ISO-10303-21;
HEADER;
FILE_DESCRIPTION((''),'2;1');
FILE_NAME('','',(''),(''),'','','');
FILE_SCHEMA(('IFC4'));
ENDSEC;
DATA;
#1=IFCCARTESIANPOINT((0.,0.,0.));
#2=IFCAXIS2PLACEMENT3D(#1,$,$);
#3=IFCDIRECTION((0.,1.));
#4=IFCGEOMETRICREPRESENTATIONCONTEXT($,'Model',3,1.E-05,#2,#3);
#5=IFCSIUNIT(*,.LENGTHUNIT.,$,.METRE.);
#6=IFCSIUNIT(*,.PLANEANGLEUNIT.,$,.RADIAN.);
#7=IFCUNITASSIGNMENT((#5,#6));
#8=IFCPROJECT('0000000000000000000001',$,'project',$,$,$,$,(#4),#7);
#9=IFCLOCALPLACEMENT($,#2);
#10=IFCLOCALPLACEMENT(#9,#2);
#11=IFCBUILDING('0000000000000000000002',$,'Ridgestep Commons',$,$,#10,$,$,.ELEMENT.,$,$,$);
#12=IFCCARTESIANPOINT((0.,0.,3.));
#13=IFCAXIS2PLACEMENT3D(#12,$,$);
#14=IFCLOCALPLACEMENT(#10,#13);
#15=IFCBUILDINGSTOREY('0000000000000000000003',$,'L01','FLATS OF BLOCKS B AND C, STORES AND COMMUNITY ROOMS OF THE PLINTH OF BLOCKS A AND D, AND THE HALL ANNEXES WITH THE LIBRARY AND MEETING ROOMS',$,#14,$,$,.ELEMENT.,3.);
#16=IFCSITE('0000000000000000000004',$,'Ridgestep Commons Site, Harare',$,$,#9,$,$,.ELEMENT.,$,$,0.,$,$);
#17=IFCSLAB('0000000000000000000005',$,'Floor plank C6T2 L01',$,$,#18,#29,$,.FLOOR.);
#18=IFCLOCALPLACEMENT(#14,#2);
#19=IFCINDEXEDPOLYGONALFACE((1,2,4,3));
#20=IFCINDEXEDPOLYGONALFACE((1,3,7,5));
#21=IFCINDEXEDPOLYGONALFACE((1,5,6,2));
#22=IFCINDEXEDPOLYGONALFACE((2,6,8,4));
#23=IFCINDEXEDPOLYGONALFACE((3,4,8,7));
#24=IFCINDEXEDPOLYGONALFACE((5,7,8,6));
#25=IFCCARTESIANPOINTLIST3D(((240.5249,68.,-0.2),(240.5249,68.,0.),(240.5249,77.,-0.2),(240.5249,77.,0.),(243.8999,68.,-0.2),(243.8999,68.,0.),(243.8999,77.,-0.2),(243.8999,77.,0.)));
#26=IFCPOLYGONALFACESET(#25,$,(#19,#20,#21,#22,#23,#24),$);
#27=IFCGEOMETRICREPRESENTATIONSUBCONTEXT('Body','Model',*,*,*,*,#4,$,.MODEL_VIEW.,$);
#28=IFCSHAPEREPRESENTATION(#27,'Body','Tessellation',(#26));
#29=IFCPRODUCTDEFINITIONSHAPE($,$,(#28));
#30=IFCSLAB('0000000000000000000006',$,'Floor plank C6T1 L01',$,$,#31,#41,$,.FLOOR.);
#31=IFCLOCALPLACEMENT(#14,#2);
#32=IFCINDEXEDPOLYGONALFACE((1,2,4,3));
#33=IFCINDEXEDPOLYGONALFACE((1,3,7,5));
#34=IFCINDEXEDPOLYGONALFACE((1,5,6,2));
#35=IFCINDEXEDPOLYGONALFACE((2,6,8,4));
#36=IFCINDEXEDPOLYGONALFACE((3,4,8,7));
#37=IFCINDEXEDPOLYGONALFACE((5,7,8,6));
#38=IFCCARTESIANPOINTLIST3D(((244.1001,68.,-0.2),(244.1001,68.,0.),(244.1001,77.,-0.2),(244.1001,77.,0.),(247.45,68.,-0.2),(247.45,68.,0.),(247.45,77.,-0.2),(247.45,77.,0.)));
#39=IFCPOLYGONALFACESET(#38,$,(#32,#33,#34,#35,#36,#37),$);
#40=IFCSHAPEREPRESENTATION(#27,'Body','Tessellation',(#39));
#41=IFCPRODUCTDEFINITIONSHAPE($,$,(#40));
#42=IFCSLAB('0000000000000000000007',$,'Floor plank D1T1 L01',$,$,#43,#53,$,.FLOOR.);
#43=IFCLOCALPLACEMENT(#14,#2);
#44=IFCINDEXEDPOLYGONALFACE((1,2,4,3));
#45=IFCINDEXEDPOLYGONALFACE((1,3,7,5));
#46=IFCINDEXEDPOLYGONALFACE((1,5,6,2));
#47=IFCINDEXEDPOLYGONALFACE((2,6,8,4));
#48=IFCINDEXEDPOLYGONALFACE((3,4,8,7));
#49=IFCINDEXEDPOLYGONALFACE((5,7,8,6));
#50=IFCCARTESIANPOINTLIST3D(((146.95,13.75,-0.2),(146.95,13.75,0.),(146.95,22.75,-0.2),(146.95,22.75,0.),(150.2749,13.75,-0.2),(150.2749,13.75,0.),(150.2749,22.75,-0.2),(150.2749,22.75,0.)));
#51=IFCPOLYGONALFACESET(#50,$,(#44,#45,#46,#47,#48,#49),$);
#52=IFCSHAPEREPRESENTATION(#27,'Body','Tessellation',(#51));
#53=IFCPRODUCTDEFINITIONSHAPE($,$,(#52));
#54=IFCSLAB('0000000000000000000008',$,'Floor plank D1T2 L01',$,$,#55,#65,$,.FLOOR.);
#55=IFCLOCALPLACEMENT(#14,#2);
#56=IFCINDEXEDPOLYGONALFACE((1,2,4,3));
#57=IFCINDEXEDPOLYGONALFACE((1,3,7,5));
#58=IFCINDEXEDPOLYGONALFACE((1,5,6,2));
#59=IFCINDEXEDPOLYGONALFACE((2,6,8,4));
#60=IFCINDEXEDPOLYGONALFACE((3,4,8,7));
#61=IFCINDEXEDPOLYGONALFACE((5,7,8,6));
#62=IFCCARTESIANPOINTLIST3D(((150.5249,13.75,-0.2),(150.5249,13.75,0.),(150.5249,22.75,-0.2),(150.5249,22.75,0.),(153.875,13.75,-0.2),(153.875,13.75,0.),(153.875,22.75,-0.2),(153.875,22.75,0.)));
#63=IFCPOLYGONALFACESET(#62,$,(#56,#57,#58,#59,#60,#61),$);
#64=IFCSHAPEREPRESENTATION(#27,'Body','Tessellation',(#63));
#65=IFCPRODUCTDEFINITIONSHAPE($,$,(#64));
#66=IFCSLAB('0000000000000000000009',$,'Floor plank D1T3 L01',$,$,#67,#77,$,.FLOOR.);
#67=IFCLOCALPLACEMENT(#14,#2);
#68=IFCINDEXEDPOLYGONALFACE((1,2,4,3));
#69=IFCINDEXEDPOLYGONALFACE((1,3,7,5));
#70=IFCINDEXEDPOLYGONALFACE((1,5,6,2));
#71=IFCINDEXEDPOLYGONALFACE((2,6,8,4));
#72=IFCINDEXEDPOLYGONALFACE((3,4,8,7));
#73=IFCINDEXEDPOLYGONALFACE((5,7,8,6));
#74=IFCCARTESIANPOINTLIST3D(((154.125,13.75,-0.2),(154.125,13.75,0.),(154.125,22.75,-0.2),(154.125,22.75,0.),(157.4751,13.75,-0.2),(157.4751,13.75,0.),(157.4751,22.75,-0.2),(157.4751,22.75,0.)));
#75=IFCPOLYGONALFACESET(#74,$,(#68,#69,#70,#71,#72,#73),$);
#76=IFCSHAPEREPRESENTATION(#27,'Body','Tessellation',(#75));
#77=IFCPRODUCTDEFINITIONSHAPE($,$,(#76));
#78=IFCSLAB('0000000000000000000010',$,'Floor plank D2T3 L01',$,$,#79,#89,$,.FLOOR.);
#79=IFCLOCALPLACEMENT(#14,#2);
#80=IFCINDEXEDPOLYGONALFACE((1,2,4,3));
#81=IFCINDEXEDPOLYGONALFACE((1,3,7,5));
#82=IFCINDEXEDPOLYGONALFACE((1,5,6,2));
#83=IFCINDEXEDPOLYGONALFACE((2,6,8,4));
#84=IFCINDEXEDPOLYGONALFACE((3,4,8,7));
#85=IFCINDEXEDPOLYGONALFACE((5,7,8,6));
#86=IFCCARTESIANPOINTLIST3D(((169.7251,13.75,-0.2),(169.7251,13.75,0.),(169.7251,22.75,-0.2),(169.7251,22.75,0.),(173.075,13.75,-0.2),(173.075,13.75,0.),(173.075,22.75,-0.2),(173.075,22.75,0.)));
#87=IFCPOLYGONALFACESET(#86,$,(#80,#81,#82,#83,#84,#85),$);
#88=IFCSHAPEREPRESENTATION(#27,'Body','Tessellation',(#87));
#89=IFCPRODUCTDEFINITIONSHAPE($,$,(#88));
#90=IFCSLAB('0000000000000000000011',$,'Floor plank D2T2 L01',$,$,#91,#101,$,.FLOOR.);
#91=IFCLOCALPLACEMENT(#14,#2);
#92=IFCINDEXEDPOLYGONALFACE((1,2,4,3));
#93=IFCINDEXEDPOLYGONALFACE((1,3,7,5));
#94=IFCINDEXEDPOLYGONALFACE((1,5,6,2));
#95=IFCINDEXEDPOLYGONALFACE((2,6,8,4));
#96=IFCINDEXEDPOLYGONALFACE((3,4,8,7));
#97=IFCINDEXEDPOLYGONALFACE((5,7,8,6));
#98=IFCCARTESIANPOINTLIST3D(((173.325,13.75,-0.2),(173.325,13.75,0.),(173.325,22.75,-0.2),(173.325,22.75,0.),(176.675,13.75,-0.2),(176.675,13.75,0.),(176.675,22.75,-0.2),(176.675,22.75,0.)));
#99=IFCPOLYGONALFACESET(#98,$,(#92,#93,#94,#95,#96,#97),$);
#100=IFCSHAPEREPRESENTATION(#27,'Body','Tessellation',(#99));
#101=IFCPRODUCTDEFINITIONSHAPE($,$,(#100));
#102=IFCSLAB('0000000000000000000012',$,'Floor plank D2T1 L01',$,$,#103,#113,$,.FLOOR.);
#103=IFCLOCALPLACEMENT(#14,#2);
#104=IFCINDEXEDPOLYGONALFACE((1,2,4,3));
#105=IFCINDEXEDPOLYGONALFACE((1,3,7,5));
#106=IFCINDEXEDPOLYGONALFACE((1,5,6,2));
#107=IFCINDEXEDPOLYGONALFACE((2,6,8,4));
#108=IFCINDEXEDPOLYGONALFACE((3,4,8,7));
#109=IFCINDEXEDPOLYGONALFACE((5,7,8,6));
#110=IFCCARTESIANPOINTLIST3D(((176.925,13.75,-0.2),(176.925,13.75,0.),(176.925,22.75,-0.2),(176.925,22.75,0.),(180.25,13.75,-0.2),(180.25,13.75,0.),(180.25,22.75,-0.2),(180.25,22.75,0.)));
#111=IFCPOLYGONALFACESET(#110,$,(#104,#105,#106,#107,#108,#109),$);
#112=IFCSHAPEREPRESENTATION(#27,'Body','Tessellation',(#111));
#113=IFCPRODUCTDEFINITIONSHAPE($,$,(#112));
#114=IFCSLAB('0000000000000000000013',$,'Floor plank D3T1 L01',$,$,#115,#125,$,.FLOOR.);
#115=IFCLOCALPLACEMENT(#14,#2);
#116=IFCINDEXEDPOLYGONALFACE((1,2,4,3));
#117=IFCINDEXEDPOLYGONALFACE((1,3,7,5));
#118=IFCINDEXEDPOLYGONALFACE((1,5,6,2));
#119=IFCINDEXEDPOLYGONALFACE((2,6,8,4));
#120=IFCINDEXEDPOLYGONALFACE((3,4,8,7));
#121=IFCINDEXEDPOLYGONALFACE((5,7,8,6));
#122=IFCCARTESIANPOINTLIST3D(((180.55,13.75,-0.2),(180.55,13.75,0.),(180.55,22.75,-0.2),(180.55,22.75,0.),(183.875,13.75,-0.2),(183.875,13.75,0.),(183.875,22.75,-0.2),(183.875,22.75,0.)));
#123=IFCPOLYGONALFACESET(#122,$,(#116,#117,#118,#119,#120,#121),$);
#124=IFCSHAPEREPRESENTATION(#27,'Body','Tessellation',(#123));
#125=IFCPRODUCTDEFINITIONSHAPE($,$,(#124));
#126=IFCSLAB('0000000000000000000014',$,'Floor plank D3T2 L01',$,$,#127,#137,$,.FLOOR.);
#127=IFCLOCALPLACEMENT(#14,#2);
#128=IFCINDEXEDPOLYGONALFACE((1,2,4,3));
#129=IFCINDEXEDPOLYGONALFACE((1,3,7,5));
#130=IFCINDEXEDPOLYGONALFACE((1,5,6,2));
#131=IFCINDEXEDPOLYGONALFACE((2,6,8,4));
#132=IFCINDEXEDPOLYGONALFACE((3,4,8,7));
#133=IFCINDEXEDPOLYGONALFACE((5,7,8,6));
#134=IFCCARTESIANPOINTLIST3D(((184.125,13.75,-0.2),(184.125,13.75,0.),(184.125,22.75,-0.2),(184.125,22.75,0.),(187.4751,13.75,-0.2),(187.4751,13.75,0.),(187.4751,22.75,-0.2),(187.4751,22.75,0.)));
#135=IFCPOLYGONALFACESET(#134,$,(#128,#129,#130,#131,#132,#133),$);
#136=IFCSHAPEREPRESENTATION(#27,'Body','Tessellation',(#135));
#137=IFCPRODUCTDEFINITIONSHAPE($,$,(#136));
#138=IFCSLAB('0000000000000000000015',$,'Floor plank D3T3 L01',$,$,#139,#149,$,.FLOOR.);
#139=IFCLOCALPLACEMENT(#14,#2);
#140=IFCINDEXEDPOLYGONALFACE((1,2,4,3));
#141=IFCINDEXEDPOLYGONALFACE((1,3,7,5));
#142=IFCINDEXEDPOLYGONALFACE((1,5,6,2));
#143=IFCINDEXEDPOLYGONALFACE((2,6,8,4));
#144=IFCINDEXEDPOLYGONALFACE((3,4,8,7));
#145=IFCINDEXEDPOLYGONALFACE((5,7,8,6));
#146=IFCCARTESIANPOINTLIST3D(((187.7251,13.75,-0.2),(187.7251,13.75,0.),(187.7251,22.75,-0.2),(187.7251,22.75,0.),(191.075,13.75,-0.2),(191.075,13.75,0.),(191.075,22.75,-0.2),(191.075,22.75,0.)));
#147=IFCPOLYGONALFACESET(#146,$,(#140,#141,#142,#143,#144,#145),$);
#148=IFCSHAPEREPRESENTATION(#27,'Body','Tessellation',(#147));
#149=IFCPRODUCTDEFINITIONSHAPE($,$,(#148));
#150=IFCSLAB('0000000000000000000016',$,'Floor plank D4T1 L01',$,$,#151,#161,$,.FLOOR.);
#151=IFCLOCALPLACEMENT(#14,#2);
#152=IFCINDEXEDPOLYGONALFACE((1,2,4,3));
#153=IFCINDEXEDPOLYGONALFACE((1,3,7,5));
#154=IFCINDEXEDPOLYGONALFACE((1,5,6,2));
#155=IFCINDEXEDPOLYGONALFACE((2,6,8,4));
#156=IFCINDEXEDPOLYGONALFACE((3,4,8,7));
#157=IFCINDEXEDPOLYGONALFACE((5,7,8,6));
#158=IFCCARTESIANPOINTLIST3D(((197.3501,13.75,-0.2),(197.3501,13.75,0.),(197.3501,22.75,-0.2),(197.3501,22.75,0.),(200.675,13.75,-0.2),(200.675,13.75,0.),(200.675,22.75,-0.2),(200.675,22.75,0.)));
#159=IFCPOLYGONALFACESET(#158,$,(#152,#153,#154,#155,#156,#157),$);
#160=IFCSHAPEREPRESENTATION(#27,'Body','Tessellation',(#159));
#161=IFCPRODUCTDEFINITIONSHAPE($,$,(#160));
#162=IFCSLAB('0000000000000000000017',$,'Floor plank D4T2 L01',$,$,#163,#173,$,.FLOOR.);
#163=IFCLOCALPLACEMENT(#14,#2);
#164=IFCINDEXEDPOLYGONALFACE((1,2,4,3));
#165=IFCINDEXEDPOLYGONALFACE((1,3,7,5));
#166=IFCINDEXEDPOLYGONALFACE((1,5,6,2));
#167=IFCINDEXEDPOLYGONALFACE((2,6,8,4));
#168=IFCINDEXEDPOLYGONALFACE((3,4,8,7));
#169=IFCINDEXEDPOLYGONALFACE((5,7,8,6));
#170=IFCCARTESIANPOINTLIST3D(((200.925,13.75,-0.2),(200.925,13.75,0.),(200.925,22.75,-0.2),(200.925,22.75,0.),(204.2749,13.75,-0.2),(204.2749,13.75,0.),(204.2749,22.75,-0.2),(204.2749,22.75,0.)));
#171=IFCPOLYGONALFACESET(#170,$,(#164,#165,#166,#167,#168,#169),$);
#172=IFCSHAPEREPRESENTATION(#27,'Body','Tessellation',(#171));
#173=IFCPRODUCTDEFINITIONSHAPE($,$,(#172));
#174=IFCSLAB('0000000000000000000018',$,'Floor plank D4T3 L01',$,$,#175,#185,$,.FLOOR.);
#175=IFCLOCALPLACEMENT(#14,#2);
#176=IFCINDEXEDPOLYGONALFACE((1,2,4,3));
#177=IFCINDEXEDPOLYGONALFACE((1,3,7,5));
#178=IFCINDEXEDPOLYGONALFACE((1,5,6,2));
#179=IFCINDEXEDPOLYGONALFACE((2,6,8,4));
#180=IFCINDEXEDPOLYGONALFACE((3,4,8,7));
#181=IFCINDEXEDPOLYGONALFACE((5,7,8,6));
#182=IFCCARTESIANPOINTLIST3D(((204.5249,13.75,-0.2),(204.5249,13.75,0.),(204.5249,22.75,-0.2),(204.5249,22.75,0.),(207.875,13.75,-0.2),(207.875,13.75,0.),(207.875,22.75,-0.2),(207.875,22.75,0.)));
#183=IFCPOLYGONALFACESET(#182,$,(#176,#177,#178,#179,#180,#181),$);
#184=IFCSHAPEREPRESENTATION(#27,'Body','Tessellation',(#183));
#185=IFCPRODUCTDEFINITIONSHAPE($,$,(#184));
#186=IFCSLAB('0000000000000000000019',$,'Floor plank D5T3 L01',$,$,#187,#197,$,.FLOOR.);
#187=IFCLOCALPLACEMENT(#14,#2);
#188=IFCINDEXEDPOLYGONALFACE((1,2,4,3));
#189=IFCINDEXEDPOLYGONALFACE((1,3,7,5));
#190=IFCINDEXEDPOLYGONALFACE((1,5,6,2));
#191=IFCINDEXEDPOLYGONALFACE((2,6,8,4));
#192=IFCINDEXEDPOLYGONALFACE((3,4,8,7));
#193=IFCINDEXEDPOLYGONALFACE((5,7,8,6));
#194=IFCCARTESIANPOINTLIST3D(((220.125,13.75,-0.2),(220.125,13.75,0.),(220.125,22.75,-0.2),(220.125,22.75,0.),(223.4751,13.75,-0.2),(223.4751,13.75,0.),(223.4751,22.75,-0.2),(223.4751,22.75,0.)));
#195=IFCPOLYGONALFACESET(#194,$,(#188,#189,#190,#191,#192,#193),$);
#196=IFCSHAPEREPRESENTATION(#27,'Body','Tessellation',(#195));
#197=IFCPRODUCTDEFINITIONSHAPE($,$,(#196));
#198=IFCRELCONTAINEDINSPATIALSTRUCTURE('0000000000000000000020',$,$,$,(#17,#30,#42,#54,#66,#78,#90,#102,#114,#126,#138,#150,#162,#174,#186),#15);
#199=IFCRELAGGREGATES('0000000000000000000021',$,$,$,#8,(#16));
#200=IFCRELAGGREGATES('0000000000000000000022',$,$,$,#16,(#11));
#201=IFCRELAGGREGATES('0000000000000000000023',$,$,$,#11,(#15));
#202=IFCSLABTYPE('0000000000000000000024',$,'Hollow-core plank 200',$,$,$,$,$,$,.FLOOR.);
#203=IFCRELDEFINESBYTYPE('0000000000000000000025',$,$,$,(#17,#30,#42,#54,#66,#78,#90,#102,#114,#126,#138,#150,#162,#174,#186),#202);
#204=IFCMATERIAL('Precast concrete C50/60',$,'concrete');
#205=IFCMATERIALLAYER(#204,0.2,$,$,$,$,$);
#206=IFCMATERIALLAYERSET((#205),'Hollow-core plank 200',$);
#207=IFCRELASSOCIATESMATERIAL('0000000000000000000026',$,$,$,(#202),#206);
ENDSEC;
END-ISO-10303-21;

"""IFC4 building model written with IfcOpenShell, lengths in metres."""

from ifc_helpers import new_model, si_unit, direction, frame, origin, place, context, subcontext, project, spatial, polyline, outline, extrude, material, layer, layer_set, type_object, element, save


model = new_model("IFC4")

# Units and contexts
model_context = context("Model", 3, precision=1e-05, world=origin(), true_north=direction((0.0, 1.0)))
body_context = subcontext(model_context, "Body", "Model", "MODEL_VIEW")
ifc_project = project(units=[si_unit("LENGTHUNIT", "METRE"), si_unit("PLANEANGLEUNIT", "RADIAN")], contexts=[model_context])

# Site, building, storey
site_placement = place(None, origin())
site = spatial("IfcSite", under=ifc_project, at=site_placement, Name="Ridgestep Commons Site, Harare", CompositionType="ELEMENT", RefElevation=0.0)
building_placement = place(site_placement, origin())
building = spatial("IfcBuilding", under=site, at=building_placement, Name="Ridgestep Commons", CompositionType="ELEMENT")
storey_placement = place(building_placement, frame((0.0, 0.0, 3.0)))
storey = spatial("IfcBuildingStorey", under=building, at=storey_placement, Name="L01", Description="FLATS OF BLOCKS B AND C, STORES AND COMMUNITY ROOMS OF THE PLINTH OF BLOCKS A AND D, AND THE HALL ANNEXES WITH THE LIBRARY AND MEETING ROOMS", CompositionType="ELEMENT", Elevation=3.0)

# Slabs
ifc_material_1 = material(Name="Precast concrete C50/60", Category="concrete")
ifc_layer_1 = layer(ifc_material_1, 0.2)
ifc_layer_set_1 = layer_set([ifc_layer_1], Name="Hollow-core plank 200")
slab_type_1 = type_object("IfcSlabType", Name="Hollow-core plank 200", PredefinedType="FLOOR", material=ifc_layer_set_1)
slab_1_placement = place(storey_placement, frame((0.0, 0.0, -0.2)))
element("IfcSlab", 1, at=slab_1_placement, inside=storey, type_object=slab_type_1, Name="Floor plank C6T2 L01", PredefinedType="FLOOR", context=body_context, shape_type="SweptSolid", body=[
    extrude(outline(polyline([(243.8999, 68.0), (243.8999, 77.0), (240.5249, 77.0), (240.5249, 68.0), (243.8999, 68.0)])), origin(), (0.0, 0.0, 1.0), 0.2),
])
slab_2_placement = place(storey_placement, frame((0.0, 0.0, -0.2)))
element("IfcSlab", 2, at=slab_2_placement, inside=storey, type_object=slab_type_1, Name="Floor plank C6T1 L01", PredefinedType="FLOOR", context=body_context, shape_type="SweptSolid", body=[
    extrude(outline(polyline([(247.45, 68.0), (247.45, 77.0), (244.1001, 77.0), (244.1001, 68.0), (247.45, 68.0)])), origin(), (0.0, 0.0, 1.0), 0.2),
])
slab_3_placement = place(storey_placement, frame((0.0, 0.0, -0.2)))
element("IfcSlab", 3, at=slab_3_placement, inside=storey, type_object=slab_type_1, Name="Floor plank D1T1 L01", PredefinedType="FLOOR", context=body_context, shape_type="SweptSolid", body=[
    extrude(outline(polyline([(150.2749, 13.75), (150.2749, 22.75), (146.95, 22.75), (146.95, 13.75), (150.2749, 13.75)])), origin(), (0.0, 0.0, 1.0), 0.2),
])
slab_4_placement = place(storey_placement, frame((0.0, 0.0, -0.2)))
element("IfcSlab", 4, at=slab_4_placement, inside=storey, type_object=slab_type_1, Name="Floor plank D1T2 L01", PredefinedType="FLOOR", context=body_context, shape_type="SweptSolid", body=[
    extrude(outline(polyline([(153.875, 13.75), (153.875, 22.75), (150.5249, 22.75), (150.5249, 13.75), (153.875, 13.75)])), origin(), (0.0, 0.0, 1.0), 0.2),
])
slab_5_placement = place(storey_placement, frame((0.0, 0.0, -0.2)))
element("IfcSlab", 5, at=slab_5_placement, inside=storey, type_object=slab_type_1, Name="Floor plank D1T3 L01", PredefinedType="FLOOR", context=body_context, shape_type="SweptSolid", body=[
    extrude(outline(polyline([(157.4751, 13.75), (157.4751, 22.75), (154.125, 22.75), (154.125, 13.75), (157.4751, 13.75)])), origin(), (0.0, 0.0, 1.0), 0.2),
])
slab_6_placement = place(storey_placement, frame((0.0, 0.0, -0.2)))
element("IfcSlab", 6, at=slab_6_placement, inside=storey, type_object=slab_type_1, Name="Floor plank D2T3 L01", PredefinedType="FLOOR", context=body_context, shape_type="SweptSolid", body=[
    extrude(outline(polyline([(173.075, 13.75), (173.075, 22.75), (169.7251, 22.75), (169.7251, 13.75), (173.075, 13.75)])), origin(), (0.0, 0.0, 1.0), 0.2),
])
slab_7_placement = place(storey_placement, frame((0.0, 0.0, -0.2)))
element("IfcSlab", 7, at=slab_7_placement, inside=storey, type_object=slab_type_1, Name="Floor plank D2T2 L01", PredefinedType="FLOOR", context=body_context, shape_type="SweptSolid", body=[
    extrude(outline(polyline([(176.675, 13.75), (176.675, 22.75), (173.325, 22.75), (173.325, 13.75), (176.675, 13.75)])), origin(), (0.0, 0.0, 1.0), 0.2),
])
slab_8_placement = place(storey_placement, frame((0.0, 0.0, -0.2)))
element("IfcSlab", 8, at=slab_8_placement, inside=storey, type_object=slab_type_1, Name="Floor plank D2T1 L01", PredefinedType="FLOOR", context=body_context, shape_type="SweptSolid", body=[
    extrude(outline(polyline([(180.25, 13.75), (180.25, 22.75), (176.925, 22.75), (176.925, 13.75), (180.25, 13.75)])), origin(), (0.0, 0.0, 1.0), 0.2),
])
slab_9_placement = place(storey_placement, frame((0.0, 0.0, -0.2)))
element("IfcSlab", 9, at=slab_9_placement, inside=storey, type_object=slab_type_1, Name="Floor plank D3T1 L01", PredefinedType="FLOOR", context=body_context, shape_type="SweptSolid", body=[
    extrude(outline(polyline([(183.875, 13.75), (183.875, 22.75), (180.55, 22.75), (180.55, 13.75), (183.875, 13.75)])), origin(), (0.0, 0.0, 1.0), 0.2),
])
slab_10_placement = place(storey_placement, frame((0.0, 0.0, -0.2)))
element("IfcSlab", 10, at=slab_10_placement, inside=storey, type_object=slab_type_1, Name="Floor plank D3T2 L01", PredefinedType="FLOOR", context=body_context, shape_type="SweptSolid", body=[
    extrude(outline(polyline([(187.4751, 13.75), (187.4751, 22.75), (184.125, 22.75), (184.125, 13.75), (187.4751, 13.75)])), origin(), (0.0, 0.0, 1.0), 0.2),
])
slab_11_placement = place(storey_placement, frame((0.0, 0.0, -0.2)))
element("IfcSlab", 11, at=slab_11_placement, inside=storey, type_object=slab_type_1, Name="Floor plank D3T3 L01", PredefinedType="FLOOR", context=body_context, shape_type="SweptSolid", body=[
    extrude(outline(polyline([(191.075, 13.75), (191.075, 22.75), (187.7251, 22.75), (187.7251, 13.75), (191.075, 13.75)])), origin(), (0.0, 0.0, 1.0), 0.2),
])
slab_12_placement = place(storey_placement, frame((0.0, 0.0, -0.2)))
element("IfcSlab", 12, at=slab_12_placement, inside=storey, type_object=slab_type_1, Name="Floor plank D4T1 L01", PredefinedType="FLOOR", context=body_context, shape_type="SweptSolid", body=[
    extrude(outline(polyline([(200.675, 13.75), (200.675, 22.75), (197.3501, 22.75), (197.3501, 13.75), (200.675, 13.75)])), origin(), (0.0, 0.0, 1.0), 0.2),
])
slab_13_placement = place(storey_placement, frame((0.0, 0.0, -0.2)))
element("IfcSlab", 13, at=slab_13_placement, inside=storey, type_object=slab_type_1, Name="Floor plank D4T2 L01", PredefinedType="FLOOR", context=body_context, shape_type="SweptSolid", body=[
    extrude(outline(polyline([(204.2749, 13.75), (204.2749, 22.75), (200.925, 22.75), (200.925, 13.75), (204.2749, 13.75)])), origin(), (0.0, 0.0, 1.0), 0.2),
])
slab_14_placement = place(storey_placement, frame((0.0, 0.0, -0.2)))
element("IfcSlab", 14, at=slab_14_placement, inside=storey, type_object=slab_type_1, Name="Floor plank D4T3 L01", PredefinedType="FLOOR", context=body_context, shape_type="SweptSolid", body=[
    extrude(outline(polyline([(207.875, 13.75), (207.875, 22.75), (204.5249, 22.75), (204.5249, 13.75), (207.875, 13.75)])), origin(), (0.0, 0.0, 1.0), 0.2),
])
slab_15_placement = place(storey_placement, frame((0.0, 0.0, -0.2)))
element("IfcSlab", 15, at=slab_15_placement, inside=storey, type_object=slab_type_1, Name="Floor plank D5T3 L01", PredefinedType="FLOOR", context=body_context, shape_type="SweptSolid", body=[
    extrude(outline(polyline([(223.4751, 13.75), (223.4751, 22.75), (220.125, 22.75), (220.125, 13.75), (223.4751, 13.75)])), origin(), (0.0, 0.0, 1.0), 0.2),
])

save(model, "model.ifc")
